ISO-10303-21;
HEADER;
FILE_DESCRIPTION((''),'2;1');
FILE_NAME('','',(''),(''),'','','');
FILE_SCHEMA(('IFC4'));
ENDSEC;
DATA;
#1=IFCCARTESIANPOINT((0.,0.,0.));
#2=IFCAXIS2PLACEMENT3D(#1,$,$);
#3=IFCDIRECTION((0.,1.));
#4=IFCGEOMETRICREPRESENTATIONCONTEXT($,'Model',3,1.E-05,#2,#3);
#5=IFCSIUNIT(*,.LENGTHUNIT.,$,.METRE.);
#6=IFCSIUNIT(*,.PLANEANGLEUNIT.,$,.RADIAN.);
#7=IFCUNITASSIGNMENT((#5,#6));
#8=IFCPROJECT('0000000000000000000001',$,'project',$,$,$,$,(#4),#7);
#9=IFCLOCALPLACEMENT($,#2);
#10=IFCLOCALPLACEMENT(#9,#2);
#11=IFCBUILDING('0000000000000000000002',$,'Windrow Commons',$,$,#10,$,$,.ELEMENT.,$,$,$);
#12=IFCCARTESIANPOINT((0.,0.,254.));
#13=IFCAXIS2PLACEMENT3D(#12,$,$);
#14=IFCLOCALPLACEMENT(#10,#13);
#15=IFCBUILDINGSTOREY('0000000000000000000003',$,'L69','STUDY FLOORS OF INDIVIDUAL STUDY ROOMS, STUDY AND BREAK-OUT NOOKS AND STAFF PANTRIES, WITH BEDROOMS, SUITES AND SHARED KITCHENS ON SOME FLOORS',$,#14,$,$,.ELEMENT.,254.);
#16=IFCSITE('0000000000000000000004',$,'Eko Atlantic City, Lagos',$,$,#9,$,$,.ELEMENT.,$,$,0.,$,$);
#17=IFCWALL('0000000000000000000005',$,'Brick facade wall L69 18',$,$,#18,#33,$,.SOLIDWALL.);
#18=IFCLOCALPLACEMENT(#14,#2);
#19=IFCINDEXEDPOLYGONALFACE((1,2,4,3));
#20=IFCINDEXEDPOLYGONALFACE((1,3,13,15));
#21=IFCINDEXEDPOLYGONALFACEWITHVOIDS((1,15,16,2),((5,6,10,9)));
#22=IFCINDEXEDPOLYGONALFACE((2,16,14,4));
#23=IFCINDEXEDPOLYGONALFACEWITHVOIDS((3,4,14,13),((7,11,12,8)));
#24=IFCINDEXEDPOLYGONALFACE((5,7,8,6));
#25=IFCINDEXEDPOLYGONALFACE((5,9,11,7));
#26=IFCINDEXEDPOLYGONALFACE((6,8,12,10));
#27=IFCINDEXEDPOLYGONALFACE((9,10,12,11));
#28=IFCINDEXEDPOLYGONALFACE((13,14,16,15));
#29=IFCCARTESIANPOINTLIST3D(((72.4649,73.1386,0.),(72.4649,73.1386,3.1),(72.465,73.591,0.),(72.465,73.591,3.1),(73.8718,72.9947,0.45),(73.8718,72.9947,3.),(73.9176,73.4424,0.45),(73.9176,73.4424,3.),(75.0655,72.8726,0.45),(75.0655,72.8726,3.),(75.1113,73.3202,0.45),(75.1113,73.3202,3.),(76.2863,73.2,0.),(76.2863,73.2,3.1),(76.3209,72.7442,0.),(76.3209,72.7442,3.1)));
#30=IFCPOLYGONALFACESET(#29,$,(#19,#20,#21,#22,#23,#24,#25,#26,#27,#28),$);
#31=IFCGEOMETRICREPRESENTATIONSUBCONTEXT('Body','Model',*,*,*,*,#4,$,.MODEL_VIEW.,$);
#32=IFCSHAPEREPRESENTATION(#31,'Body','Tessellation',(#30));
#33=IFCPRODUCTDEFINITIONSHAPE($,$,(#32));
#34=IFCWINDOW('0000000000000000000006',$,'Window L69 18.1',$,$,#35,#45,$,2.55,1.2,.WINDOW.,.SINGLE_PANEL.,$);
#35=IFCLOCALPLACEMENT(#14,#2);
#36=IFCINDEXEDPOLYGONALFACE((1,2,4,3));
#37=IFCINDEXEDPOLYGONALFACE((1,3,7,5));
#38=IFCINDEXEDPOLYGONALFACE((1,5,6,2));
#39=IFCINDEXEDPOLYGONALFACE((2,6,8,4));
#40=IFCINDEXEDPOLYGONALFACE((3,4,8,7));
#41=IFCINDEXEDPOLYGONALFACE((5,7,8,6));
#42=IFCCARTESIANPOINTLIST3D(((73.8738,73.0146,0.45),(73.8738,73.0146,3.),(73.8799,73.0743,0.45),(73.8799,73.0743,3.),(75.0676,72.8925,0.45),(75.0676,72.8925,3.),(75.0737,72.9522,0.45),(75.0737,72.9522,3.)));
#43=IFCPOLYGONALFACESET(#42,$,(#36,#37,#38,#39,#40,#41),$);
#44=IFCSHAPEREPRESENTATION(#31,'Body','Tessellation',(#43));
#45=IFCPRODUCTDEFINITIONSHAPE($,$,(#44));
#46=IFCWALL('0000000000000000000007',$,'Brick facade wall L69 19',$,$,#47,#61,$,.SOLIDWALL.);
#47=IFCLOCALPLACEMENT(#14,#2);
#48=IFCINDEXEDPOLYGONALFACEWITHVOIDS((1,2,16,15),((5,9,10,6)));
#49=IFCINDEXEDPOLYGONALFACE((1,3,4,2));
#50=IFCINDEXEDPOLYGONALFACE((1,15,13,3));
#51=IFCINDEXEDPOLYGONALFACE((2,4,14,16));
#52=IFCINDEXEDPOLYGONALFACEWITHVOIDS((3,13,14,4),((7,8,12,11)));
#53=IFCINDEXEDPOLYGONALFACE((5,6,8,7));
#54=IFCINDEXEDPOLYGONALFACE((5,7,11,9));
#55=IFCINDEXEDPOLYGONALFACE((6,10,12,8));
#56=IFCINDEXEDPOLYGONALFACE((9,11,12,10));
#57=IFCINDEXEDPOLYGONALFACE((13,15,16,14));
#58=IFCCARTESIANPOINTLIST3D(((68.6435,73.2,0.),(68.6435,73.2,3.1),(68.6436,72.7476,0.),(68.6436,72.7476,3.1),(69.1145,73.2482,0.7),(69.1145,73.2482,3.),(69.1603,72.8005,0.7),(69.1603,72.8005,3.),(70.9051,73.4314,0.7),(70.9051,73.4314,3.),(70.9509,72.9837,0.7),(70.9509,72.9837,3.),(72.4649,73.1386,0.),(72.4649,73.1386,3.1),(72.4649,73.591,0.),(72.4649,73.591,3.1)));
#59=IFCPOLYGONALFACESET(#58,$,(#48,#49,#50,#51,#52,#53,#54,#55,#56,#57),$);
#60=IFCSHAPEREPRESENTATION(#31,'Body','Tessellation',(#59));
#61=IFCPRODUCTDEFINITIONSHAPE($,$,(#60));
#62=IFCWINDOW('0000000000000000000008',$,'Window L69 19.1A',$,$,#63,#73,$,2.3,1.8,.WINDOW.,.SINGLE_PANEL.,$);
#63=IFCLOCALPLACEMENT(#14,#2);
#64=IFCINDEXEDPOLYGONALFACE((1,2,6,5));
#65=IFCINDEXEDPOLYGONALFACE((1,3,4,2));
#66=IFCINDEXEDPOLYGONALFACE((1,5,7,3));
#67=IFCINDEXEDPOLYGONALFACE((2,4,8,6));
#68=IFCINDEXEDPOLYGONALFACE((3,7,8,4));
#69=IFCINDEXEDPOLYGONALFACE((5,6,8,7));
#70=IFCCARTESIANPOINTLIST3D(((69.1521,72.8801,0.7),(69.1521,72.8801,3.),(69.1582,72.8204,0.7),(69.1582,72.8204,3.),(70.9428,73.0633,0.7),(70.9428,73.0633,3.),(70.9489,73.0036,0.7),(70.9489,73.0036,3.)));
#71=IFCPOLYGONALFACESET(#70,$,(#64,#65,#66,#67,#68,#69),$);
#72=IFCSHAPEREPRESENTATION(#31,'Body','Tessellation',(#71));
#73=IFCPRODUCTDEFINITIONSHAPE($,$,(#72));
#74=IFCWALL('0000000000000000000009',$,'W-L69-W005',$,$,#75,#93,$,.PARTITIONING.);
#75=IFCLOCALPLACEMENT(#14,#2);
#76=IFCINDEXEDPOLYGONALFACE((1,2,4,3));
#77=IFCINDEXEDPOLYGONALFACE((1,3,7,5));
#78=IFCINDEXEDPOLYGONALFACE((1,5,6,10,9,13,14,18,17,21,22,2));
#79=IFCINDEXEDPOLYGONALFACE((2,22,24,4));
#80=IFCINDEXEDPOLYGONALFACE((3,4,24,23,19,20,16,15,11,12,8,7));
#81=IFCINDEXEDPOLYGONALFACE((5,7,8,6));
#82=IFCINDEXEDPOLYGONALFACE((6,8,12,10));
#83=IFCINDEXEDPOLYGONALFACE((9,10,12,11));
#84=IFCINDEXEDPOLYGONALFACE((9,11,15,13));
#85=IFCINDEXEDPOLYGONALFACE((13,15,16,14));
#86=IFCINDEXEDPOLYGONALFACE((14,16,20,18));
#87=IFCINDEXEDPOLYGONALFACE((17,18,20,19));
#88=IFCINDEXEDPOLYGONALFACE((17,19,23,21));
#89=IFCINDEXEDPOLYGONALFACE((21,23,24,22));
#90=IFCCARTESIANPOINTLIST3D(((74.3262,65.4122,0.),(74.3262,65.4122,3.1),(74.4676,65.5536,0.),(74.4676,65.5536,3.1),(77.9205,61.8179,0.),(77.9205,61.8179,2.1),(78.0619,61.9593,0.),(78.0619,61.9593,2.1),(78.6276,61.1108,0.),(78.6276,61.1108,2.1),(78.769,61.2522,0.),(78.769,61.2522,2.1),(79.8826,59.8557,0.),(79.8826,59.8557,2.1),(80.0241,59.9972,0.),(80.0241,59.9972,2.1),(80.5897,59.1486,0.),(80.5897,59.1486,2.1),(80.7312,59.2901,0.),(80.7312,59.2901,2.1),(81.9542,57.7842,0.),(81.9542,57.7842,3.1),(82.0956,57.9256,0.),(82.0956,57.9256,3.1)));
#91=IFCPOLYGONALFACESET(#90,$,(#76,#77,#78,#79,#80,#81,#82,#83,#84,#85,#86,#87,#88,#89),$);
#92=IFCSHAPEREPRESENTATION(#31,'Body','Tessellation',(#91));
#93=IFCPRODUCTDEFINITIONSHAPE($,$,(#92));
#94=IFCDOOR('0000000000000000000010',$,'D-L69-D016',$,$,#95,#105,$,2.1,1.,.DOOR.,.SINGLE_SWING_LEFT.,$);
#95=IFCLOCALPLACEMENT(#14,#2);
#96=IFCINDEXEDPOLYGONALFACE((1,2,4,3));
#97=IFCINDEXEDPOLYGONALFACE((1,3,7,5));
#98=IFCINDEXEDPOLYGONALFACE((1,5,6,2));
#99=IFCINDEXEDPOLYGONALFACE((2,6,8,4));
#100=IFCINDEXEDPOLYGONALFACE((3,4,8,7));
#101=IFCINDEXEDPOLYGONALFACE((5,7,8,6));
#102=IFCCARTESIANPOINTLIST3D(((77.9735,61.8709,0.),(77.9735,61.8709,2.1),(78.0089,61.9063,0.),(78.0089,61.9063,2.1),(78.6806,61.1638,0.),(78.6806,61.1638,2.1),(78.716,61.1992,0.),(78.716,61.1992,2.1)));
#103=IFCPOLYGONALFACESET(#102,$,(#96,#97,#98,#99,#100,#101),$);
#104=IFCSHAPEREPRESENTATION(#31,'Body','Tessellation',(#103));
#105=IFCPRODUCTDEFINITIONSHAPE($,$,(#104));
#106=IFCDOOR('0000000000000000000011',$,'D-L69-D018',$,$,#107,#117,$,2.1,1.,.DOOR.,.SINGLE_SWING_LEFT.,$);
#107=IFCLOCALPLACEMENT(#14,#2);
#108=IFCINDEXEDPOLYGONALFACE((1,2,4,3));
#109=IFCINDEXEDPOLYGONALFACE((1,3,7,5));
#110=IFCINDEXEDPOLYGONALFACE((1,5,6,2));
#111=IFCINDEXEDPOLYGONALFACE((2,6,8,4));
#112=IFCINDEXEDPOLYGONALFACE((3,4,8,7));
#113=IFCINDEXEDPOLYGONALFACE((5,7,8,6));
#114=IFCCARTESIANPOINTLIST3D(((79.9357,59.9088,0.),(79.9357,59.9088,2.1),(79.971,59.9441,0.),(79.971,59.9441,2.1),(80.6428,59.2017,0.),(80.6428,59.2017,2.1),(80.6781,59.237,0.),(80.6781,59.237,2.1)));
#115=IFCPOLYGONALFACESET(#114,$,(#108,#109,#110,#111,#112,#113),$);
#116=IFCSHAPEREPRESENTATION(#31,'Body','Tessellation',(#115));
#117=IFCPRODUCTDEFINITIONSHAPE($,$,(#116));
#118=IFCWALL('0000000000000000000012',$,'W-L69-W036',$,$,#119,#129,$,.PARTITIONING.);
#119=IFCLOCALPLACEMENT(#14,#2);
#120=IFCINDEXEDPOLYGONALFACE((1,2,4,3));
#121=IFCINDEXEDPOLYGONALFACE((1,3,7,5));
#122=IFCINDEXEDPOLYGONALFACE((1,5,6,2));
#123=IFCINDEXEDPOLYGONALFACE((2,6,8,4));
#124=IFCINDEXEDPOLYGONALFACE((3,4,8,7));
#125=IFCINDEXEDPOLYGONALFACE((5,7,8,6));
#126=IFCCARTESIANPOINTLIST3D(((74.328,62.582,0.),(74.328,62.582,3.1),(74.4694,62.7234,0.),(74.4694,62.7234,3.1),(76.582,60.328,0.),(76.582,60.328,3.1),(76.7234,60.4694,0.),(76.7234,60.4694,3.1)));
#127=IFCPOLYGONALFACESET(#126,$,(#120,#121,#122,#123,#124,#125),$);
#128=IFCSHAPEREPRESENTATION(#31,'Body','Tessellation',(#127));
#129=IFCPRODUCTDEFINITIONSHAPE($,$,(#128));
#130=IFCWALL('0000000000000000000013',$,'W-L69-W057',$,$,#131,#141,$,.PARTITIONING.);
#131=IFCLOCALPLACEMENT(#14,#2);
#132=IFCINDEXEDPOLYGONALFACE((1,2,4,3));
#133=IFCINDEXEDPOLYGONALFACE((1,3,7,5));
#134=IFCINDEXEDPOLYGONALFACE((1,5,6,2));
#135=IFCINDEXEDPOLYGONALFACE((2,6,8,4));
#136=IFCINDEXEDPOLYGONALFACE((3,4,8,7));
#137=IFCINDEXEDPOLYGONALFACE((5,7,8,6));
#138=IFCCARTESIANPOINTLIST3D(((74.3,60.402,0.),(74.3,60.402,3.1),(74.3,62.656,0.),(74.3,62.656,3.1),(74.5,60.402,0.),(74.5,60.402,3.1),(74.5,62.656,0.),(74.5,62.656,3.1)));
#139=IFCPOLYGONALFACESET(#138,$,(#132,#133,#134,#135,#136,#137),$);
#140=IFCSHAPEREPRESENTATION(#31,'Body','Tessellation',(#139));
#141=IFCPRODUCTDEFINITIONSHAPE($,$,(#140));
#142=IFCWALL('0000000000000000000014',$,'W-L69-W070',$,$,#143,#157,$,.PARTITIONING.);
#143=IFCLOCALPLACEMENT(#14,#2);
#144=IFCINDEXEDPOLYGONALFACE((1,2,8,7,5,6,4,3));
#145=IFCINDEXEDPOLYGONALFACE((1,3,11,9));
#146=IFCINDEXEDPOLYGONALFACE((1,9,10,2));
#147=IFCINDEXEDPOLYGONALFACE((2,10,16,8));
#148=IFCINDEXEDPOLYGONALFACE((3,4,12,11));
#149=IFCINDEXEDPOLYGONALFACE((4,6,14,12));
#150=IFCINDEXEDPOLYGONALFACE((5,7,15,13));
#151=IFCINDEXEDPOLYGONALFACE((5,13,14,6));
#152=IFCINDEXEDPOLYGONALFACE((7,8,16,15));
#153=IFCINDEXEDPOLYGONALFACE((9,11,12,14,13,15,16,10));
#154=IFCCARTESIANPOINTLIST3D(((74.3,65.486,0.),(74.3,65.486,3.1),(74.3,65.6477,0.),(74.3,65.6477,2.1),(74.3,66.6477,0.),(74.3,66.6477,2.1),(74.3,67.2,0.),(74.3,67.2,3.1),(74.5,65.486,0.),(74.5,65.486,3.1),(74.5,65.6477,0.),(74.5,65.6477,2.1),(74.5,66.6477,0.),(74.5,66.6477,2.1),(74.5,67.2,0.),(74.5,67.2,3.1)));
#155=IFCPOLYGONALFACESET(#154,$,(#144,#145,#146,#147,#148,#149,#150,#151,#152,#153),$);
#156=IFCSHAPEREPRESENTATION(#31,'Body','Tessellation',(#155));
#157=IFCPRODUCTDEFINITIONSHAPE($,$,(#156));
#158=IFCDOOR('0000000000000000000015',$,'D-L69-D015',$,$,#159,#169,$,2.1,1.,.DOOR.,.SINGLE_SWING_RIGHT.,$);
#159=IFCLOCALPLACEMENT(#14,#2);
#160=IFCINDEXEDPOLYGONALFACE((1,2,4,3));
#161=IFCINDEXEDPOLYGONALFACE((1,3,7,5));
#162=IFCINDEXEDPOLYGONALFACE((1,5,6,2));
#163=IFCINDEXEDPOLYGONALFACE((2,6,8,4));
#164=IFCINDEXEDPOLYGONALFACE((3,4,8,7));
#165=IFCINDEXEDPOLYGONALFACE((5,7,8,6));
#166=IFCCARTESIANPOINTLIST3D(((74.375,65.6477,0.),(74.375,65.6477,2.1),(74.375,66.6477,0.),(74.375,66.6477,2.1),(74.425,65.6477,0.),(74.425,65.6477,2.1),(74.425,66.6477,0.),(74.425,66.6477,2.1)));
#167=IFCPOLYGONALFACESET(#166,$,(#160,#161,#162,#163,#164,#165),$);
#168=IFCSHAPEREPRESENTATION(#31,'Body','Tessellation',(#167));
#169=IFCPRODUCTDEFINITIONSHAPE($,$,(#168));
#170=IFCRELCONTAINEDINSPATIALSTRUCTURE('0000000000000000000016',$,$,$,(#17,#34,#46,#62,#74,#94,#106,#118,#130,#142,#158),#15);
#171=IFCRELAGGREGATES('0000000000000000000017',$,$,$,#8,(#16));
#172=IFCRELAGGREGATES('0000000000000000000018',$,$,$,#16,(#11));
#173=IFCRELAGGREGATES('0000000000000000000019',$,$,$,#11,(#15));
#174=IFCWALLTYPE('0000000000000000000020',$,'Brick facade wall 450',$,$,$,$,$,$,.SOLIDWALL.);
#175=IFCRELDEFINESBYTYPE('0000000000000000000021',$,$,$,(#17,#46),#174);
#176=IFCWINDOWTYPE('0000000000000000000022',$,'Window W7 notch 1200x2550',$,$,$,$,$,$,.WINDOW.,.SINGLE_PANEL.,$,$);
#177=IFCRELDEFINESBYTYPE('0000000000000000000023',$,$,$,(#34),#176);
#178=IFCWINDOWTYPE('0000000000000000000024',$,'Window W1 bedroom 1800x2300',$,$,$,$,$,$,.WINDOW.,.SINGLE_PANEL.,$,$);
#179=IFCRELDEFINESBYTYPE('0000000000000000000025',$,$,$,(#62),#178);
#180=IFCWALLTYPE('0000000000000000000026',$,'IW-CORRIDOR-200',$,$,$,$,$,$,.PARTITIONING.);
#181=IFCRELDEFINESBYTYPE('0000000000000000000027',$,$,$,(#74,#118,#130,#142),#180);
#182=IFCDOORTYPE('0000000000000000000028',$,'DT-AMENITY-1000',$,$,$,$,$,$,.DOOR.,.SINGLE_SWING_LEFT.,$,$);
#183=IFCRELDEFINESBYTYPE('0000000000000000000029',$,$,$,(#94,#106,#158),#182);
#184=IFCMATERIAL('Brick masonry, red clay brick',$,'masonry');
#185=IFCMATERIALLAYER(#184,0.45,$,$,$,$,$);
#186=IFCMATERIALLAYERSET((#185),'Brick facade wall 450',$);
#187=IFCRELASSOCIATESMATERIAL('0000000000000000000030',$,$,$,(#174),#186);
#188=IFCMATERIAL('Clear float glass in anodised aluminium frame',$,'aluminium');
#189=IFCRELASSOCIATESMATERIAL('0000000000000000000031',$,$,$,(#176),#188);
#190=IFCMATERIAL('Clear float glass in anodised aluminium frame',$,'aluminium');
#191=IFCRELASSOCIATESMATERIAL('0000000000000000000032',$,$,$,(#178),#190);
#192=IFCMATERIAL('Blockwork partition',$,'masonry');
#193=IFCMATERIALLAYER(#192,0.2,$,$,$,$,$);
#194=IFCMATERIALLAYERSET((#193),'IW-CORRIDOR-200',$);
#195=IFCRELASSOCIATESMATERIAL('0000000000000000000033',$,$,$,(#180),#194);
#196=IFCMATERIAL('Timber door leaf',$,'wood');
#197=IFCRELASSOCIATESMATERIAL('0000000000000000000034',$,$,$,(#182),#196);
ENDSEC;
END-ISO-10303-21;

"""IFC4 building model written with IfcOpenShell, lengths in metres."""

from ifc_helpers import new_model, si_unit, direction, frame, frame_2d, origin, place, context, subcontext, project, spatial, polyline, rectangle, outline, extrude, material, layer, layer_set, type_object, element, fill, save


model = new_model("IFC4")

# Units and contexts
model_context = context("Model", 3, precision=1e-05, world=origin(), true_north=direction((0.0, 1.0)))
body_context = subcontext(model_context, "Body", "Model", "MODEL_VIEW")
ifc_project = project(units=[si_unit("LENGTHUNIT", "METRE"), si_unit("PLANEANGLEUNIT", "RADIAN")], contexts=[model_context])

# Site, building, storey
site_placement = place(None, origin())
site = spatial("IfcSite", under=ifc_project, at=site_placement, Name="Eko Atlantic City, Lagos", CompositionType="ELEMENT", RefElevation=0.0)
building_placement = place(site_placement, origin())
building = spatial("IfcBuilding", under=site, at=building_placement, Name="Windrow Commons", CompositionType="ELEMENT")
storey_placement = place(building_placement, frame((0.0, 0.0, 254.0)))
storey = spatial("IfcBuildingStorey", under=building, at=storey_placement, Name="L69", Description="STUDY FLOORS OF INDIVIDUAL STUDY ROOMS, STUDY AND BREAK-OUT NOOKS AND STAFF PANTRIES, WITH BEDROOMS, SUITES AND SHARED KITCHENS ON SOME FLOORS", CompositionType="ELEMENT", Elevation=254.0)

# Walls, openings, windows
ifc_material_1 = material(Name="Brick masonry, red clay brick", Category="masonry")
ifc_layer_1 = layer(ifc_material_1, 0.45)
ifc_layer_set_1 = layer_set([ifc_layer_1], Name="Brick facade wall 450")
wall_type_1 = type_object("IfcWallType", Name="Brick facade wall 450", PredefinedType="SOLIDWALL", material=ifc_layer_set_1)
ifc_material_2 = material(Name="Clear float glass in anodised aluminium frame", Category="aluminium")
window_type_1 = type_object("IfcWindowType", Name="Window W7 notch 1200x2550", PartitioningType="SINGLE_PANEL", PredefinedType="WINDOW", material=ifc_material_2)
wall_1_placement = place(storey_placement, frame((76.3036, 72.9721, 0.0), z_axis=(0.0, 0.0, 1.0), x_axis=(-0.994808, 0.101769, 0.0)))
wall_1 = element("IfcWall", 1, at=wall_1_placement, inside=storey, type_object=wall_type_1, Name="Brick facade wall L69 18", PredefinedType="SOLIDWALL", context=body_context, shape_type="SweptSolid", body=[
    extrude(outline(polyline([(0.0404, -0.225), (3.8817, -0.225), (3.8357, 0.225), (-0.0404, 0.225), (0.0404, -0.225)])), origin(), (0.0, 0.0, 1.0), 3.1),
])
opening_1_placement = place(wall_1_placement, frame((1.2215, 0.0, 0.45)))
opening_1 = element("IfcOpeningElement", 2, at=opening_1_placement, cuts=wall_1, PredefinedType="OPENING", context=body_context, shape_type="SweptSolid", body=[
    extrude(rectangle(XDim=1.2, YDim=2.55, at=frame_2d((0.6, 1.275))), frame((0.0, 0.235, 0.0), z_axis=(0.0, -1.0, 0.0), x_axis=(1.0, 0.0, 0.0)), (0.0, 0.0, 1.0), 0.47),
])
window_1_placement = place(opening_1_placement, origin())
window_1 = element("IfcWindow", 3, at=window_1_placement, inside=storey, type_object=window_type_1, Name="Window L69 18.1", OverallHeight=2.55, OverallWidth=1.2, PartitioningType="SINGLE_PANEL", PredefinedType="WINDOW", context=body_context, shape_type="SweptSolid", body=[
    extrude(rectangle(XDim=1.2, YDim=2.55, at=frame_2d((0.6, 1.275))), frame((0.0, 0.205, 0.0), z_axis=(0.0, -1.0, 0.0), x_axis=(1.0, 0.0, 0.0)), (0.0, 0.0, 1.0), 0.06),
])
fill(opening_1, window_1)
wall_2_placement = place(storey_placement, frame((72.4649, 73.3648, 0.0), z_axis=(0.0, 0.0, 1.0), x_axis=(-0.994806, -0.10179, 0.0)))
wall_2 = element("IfcWall", 4, at=wall_2_placement, inside=storey, type_object=wall_type_1, Name="Brick facade wall L69 19", PredefinedType="SOLIDWALL", context=body_context, shape_type="SweptSolid", body=[
    extrude(outline(polyline([(-0.023, -0.225), (3.8183, -0.225), (3.8643, 0.225), (0.023, 0.225), (-0.023, -0.225)])), origin(), (0.0, 0.0, 1.0), 3.1),
])
opening_2_placement = place(wall_2_placement, frame((1.5449, 0.0, 0.7)))
opening_2 = element("IfcOpeningElement", 5, at=opening_2_placement, cuts=wall_2, PredefinedType="OPENING", context=body_context, shape_type="SweptSolid", body=[
    extrude(rectangle(XDim=1.8, YDim=2.3, at=frame_2d((0.9, 1.15))), frame((0.0, 0.235, 0.0), z_axis=(0.0, -1.0, 0.0), x_axis=(1.0, 0.0, 0.0)), (0.0, 0.0, 1.0), 0.47),
])
ifc_material_3 = material(Name="Clear float glass in anodised aluminium frame", Category="aluminium")
window_type_2 = type_object("IfcWindowType", Name="Window W1 bedroom 1800x2300", PartitioningType="SINGLE_PANEL", PredefinedType="WINDOW", material=ifc_material_3)
window_2_placement = place(opening_2_placement, origin())
window_2 = element("IfcWindow", 6, at=window_2_placement, inside=storey, type_object=window_type_2, Name="Window L69 19.1A", OverallHeight=2.3, OverallWidth=1.8, PartitioningType="SINGLE_PANEL", PredefinedType="WINDOW", context=body_context, shape_type="SweptSolid", body=[
    extrude(rectangle(XDim=1.8, YDim=2.3, at=frame_2d((0.9, 1.15))), frame((0.0, 0.205, 0.0), z_axis=(0.0, -1.0, 0.0), x_axis=(1.0, 0.0, 0.0)), (0.0, 0.0, 1.0), 0.06),
])
fill(opening_2, window_2)

# Wall, openings, doors
ifc_material_4 = material(Name="Blockwork partition", Category="masonry")
ifc_layer_2 = layer(ifc_material_4, 0.2)
ifc_layer_set_2 = layer_set([ifc_layer_2], Name="IW-CORRIDOR-200")
wall_type_2 = type_object("IfcWallType", Name="IW-CORRIDOR-200", PredefinedType="PARTITIONING", material=ifc_layer_set_2)
wall_3_placement = place(storey_placement, frame((74.3969, 65.4829, 0.0), z_axis=(0.0, 0.0, 1.0), x_axis=(0.707107, -0.707107, 0.0)))
wall_3 = element("IfcWall", 7, at=wall_3_placement, inside=storey, type_object=wall_type_2, Name="W-L69-W005", PredefinedType="PARTITIONING", context=body_context, shape_type="SweptSolid", body=[
    extrude(rectangle(XDim=10.7876, YDim=0.2, at=frame_2d((5.3938, 0.0))), origin(), (0.0, 0.0, 1.0), 3.1),
])
opening_3_placement = place(wall_3_placement, frame((5.0831, 0.0, 0.0)))
opening_3 = element("IfcOpeningElement", 8, at=opening_3_placement, cuts=wall_3, PredefinedType="OPENING", context=body_context, shape_type="SweptSolid", body=[
    extrude(rectangle(XDim=1.0, YDim=2.1, at=frame_2d((0.5, 1.05))), frame((0.0, 0.11, 0.0), z_axis=(0.0, -1.0, 0.0), x_axis=(1.0, 0.0, 0.0)), (0.0, 0.0, 1.0), 0.22),
])
opening_4_placement = place(wall_3_placement, frame((7.858, 0.0, 0.0)))
opening_4 = element("IfcOpeningElement", 9, at=opening_4_placement, cuts=wall_3, PredefinedType="OPENING", context=body_context, shape_type="SweptSolid", body=[
    extrude(rectangle(XDim=1.0, YDim=2.1, at=frame_2d((0.5, 1.05))), frame((0.0, 0.11, 0.0), z_axis=(0.0, -1.0, 0.0), x_axis=(1.0, 0.0, 0.0)), (0.0, 0.0, 1.0), 0.22),
])
ifc_material_5 = material(Name="Timber door leaf", Category="wood")
door_type = type_object("IfcDoorType", Name="DT-AMENITY-1000", OperationType="SINGLE_SWING_LEFT", PredefinedType="DOOR", material=ifc_material_5)
door_1_placement = place(opening_3_placement, origin())
door_1 = element("IfcDoor", 10, at=door_1_placement, inside=storey, type_object=door_type, Name="D-L69-D016", OperationType="SINGLE_SWING_LEFT", OverallHeight=2.1, OverallWidth=1.0, PredefinedType="DOOR", context=body_context, shape_type="SweptSolid", body=[
    extrude(rectangle(XDim=1.0, YDim=2.1, at=frame_2d((0.5, 1.05))), frame((0.0, 0.025, 0.0), z_axis=(0.0, -1.0, 0.0), x_axis=(1.0, 0.0, 0.0)), (0.0, 0.0, 1.0), 0.05),
])
fill(opening_3, door_1)
door_2_placement = place(opening_4_placement, origin())
door_2 = element("IfcDoor", 11, at=door_2_placement, inside=storey, type_object=door_type, Name="D-L69-D018", OperationType="SINGLE_SWING_LEFT", OverallHeight=2.1, OverallWidth=1.0, PredefinedType="DOOR", context=body_context, shape_type="SweptSolid", body=[
    extrude(rectangle(XDim=1.0, YDim=2.1, at=frame_2d((0.5, 1.05))), frame((0.0, 0.025, 0.0), z_axis=(0.0, -1.0, 0.0), x_axis=(1.0, 0.0, 0.0)), (0.0, 0.0, 1.0), 0.05),
])
fill(opening_4, door_2)

# Walls
wall_4_placement = place(storey_placement, frame((74.3987, 62.6527, 0.0), z_axis=(0.0, 0.0, 1.0), x_axis=(0.707107, -0.707107, 0.0)))
element("IfcWall", 12, at=wall_4_placement, inside=storey, type_object=wall_type_2, Name="W-L69-W036", PredefinedType="PARTITIONING", context=body_context, shape_type="SweptSolid", body=[
    extrude(rectangle(XDim=3.1876, YDim=0.2, at=frame_2d((1.5938, 0.0))), origin(), (0.0, 0.0, 1.0), 3.1),
])
wall_5_placement = place(storey_placement, frame((74.4, 60.402, 0.0), z_axis=(0.0, 0.0, 1.0), x_axis=(0.0, 1.0, 0.0)))
element("IfcWall", 13, at=wall_5_placement, inside=storey, type_object=wall_type_2, Name="W-L69-W057", PredefinedType="PARTITIONING", context=body_context, shape_type="SweptSolid", body=[
    extrude(rectangle(XDim=2.254, YDim=0.2, at=frame_2d((1.127, 0.0))), origin(), (0.0, 0.0, 1.0), 3.1),
])

# Wall, opening, door
wall_6_placement = place(storey_placement, frame((74.4, 65.486, 0.0), z_axis=(0.0, 0.0, 1.0), x_axis=(0.0, 1.0, 0.0)))
wall_6 = element("IfcWall", 14, at=wall_6_placement, inside=storey, type_object=wall_type_2, Name="W-L69-W070", PredefinedType="PARTITIONING", context=body_context, shape_type="SweptSolid", body=[
    extrude(rectangle(XDim=1.714, YDim=0.2, at=frame_2d((0.857, 0.0))), origin(), (0.0, 0.0, 1.0), 3.1),
])
opening_5_placement = place(wall_6_placement, frame((0.1617, 0.0, 0.0)))
opening_5 = element("IfcOpeningElement", 15, at=opening_5_placement, cuts=wall_6, PredefinedType="OPENING", context=body_context, shape_type="SweptSolid", body=[
    extrude(rectangle(XDim=1.0, YDim=2.1, at=frame_2d((0.5, 1.05))), frame((0.0, 0.11, 0.0), z_axis=(0.0, -1.0, 0.0), x_axis=(1.0, 0.0, 0.0)), (0.0, 0.0, 1.0), 0.22),
])
door_3_placement = place(opening_5_placement, origin())
door_3 = element("IfcDoor", 16, at=door_3_placement, inside=storey, type_object=door_type, Name="D-L69-D015", OperationType="SINGLE_SWING_RIGHT", OverallHeight=2.1, OverallWidth=1.0, PredefinedType="DOOR", context=body_context, shape_type="SweptSolid", body=[
    extrude(rectangle(XDim=1.0, YDim=2.1, at=frame_2d((0.5, 1.05))), frame((0.0, 0.025, 0.0), z_axis=(0.0, -1.0, 0.0), x_axis=(1.0, 0.0, 0.0)), (0.0, 0.0, 1.0), 0.05),
])
fill(opening_5, door_3)

save(model, "model.ifc")
